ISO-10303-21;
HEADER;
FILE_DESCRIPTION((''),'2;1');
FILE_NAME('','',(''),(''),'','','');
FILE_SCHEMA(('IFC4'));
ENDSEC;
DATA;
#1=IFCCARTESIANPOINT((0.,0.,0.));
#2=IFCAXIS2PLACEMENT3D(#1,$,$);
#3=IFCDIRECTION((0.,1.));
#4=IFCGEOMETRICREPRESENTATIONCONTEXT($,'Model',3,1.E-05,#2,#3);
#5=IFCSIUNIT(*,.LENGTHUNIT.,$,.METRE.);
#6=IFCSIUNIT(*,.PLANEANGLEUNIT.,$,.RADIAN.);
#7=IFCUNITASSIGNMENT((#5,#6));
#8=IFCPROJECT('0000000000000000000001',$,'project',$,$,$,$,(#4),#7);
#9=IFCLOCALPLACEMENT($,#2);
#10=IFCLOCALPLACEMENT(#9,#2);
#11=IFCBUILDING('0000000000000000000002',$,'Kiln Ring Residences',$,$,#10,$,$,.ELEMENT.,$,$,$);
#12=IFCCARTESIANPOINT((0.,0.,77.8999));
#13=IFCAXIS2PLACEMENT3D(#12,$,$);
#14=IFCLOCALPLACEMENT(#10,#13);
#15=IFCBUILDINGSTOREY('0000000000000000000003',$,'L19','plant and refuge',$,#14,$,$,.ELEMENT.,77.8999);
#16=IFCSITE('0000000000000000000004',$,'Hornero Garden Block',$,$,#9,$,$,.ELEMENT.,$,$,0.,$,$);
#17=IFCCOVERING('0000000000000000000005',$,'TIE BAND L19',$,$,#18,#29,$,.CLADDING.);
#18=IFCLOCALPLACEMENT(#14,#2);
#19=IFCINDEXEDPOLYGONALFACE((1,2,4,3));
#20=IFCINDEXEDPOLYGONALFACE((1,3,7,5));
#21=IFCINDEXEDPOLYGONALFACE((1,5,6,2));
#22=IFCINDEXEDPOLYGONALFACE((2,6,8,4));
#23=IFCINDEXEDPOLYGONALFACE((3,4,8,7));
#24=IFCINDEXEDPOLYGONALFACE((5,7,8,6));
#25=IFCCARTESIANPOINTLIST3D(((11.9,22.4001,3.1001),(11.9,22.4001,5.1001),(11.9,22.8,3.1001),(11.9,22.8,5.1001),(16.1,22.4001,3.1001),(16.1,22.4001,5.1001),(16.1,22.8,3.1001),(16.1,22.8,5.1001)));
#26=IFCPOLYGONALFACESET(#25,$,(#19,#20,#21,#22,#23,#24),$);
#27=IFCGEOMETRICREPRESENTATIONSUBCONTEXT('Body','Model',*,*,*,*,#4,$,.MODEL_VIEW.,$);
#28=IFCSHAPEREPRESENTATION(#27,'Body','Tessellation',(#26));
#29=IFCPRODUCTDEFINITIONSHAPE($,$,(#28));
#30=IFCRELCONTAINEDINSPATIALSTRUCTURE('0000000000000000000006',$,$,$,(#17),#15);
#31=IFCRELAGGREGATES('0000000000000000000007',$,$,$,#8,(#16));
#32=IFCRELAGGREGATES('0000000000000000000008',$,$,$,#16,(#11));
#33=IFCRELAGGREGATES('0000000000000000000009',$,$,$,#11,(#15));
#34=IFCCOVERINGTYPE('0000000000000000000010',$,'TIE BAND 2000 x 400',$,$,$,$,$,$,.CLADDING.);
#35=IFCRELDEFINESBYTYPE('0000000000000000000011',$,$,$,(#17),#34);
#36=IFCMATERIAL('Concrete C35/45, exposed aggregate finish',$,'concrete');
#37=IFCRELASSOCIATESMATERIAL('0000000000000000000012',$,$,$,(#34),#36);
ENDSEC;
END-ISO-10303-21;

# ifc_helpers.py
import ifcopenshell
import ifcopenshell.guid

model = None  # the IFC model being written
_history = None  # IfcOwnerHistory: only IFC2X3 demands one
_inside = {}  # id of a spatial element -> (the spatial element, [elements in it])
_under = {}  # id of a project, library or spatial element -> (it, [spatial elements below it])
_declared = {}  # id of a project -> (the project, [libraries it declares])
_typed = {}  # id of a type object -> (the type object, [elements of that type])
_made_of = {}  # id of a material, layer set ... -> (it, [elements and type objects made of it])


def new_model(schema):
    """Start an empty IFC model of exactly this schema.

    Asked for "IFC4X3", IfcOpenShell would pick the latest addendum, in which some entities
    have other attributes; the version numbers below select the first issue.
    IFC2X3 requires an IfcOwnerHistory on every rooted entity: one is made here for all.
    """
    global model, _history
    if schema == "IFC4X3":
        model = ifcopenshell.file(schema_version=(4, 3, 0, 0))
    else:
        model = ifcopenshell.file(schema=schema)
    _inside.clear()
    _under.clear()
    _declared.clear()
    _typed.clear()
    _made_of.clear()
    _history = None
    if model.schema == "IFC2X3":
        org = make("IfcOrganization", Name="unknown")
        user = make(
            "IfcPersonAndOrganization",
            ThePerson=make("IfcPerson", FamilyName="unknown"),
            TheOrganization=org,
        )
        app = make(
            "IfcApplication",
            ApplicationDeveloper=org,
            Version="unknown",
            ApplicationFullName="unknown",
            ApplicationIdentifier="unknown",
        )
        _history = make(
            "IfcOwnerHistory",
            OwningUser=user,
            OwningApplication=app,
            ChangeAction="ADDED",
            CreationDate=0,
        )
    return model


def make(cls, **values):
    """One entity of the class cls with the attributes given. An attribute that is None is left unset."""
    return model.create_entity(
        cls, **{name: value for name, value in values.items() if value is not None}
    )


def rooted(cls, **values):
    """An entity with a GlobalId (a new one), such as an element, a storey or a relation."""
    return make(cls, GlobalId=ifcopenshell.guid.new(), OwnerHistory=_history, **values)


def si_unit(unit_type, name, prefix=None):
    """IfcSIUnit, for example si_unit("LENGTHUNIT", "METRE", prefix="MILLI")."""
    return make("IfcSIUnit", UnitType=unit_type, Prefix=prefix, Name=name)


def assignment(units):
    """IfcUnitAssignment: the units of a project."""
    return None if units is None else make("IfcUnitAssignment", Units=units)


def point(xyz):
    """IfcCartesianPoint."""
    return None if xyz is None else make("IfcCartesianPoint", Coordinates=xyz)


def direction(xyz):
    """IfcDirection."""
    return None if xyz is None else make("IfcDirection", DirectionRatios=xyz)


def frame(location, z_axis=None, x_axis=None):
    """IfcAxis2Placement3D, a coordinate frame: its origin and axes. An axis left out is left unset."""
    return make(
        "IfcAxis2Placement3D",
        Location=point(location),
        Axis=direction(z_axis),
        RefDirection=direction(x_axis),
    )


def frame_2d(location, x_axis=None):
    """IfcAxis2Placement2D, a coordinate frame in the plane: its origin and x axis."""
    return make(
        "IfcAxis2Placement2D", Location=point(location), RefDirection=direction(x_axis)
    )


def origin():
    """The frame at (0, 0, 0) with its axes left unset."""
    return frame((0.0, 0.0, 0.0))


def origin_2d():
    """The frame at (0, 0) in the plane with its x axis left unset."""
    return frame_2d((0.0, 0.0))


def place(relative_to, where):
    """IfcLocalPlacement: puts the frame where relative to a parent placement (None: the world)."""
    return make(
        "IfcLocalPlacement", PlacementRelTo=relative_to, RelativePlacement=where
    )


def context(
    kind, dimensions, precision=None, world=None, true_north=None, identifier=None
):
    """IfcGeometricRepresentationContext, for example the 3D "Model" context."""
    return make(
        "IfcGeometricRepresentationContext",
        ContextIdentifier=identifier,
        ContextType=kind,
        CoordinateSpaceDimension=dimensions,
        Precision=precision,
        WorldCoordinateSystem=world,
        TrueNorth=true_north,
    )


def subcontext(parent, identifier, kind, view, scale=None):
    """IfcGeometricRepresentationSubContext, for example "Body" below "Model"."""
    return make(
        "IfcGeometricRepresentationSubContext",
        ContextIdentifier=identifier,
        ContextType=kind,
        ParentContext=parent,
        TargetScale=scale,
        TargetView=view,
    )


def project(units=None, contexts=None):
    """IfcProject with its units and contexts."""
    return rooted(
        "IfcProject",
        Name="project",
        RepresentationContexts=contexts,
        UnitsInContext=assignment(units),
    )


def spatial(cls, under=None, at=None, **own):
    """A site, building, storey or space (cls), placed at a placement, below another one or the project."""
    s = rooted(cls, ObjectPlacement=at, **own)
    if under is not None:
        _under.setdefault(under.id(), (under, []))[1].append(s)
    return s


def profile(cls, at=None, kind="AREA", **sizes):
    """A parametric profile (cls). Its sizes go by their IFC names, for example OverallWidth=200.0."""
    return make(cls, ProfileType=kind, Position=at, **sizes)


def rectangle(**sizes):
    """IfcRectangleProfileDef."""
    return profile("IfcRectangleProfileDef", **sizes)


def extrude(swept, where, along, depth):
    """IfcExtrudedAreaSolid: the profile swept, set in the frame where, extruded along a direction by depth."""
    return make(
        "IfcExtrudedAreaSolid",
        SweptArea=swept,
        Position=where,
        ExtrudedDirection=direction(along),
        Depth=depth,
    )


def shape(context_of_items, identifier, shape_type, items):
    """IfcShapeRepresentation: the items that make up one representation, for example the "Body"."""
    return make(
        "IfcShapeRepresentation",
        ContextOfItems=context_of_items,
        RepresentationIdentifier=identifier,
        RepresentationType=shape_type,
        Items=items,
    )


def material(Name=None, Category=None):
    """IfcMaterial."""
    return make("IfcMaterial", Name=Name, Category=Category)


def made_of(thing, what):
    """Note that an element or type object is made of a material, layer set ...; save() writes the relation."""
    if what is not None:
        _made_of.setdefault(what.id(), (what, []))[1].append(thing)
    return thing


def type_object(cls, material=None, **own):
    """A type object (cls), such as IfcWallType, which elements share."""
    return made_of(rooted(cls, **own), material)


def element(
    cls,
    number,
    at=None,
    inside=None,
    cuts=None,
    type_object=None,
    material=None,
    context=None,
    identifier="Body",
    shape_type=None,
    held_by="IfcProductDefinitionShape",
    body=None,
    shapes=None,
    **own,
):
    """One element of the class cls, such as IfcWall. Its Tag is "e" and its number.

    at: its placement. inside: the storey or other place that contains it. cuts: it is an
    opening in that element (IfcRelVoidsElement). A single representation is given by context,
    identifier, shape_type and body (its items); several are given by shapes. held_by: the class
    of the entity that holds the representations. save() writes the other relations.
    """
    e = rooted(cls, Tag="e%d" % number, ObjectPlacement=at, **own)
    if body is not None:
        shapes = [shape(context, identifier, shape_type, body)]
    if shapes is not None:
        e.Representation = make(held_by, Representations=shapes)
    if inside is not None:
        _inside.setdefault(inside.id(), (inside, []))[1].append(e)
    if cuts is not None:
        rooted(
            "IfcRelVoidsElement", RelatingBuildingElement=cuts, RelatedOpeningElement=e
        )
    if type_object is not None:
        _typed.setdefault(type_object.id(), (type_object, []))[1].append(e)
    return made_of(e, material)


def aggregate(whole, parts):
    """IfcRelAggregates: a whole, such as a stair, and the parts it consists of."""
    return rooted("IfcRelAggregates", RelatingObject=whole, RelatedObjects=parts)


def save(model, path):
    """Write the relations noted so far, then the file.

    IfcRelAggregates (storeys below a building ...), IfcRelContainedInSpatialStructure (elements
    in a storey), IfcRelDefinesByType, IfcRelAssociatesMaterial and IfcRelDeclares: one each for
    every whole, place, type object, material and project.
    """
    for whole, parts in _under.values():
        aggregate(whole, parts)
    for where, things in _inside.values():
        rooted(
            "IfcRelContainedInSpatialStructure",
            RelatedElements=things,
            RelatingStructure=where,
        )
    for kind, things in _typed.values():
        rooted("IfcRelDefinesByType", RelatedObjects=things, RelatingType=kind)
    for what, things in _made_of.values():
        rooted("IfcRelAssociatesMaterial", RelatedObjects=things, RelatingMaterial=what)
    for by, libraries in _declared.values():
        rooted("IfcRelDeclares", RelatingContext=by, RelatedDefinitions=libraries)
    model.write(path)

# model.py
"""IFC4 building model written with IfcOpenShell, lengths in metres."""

from ifc_helpers import new_model, si_unit, direction, frame, origin, origin_2d, place, context, subcontext, project, spatial, rectangle, extrude, material, type_object, element, save


model = new_model("IFC4")

# Units and contexts
model_context = context("Model", 3, precision=1e-05, world=origin(), true_north=direction((0.0, 1.0)))
body_context = subcontext(model_context, "Body", "Model", "MODEL_VIEW")
ifc_project = project(units=[si_unit("LENGTHUNIT", "METRE"), si_unit("PLANEANGLEUNIT", "RADIAN")], contexts=[model_context])

# Site, building, storey
site_placement = place(None, origin())
site = spatial("IfcSite", under=ifc_project, at=site_placement, Name="Hornero Garden Block", CompositionType="ELEMENT", RefElevation=0.0)
building_placement = place(site_placement, origin())
building = spatial("IfcBuilding", under=site, at=building_placement, Name="Kiln Ring Residences", CompositionType="ELEMENT")
storey_placement = place(building_placement, frame((0.0, 0.0, 77.8999)))
storey = spatial("IfcBuildingStorey", under=building, at=storey_placement, Name="L19", Description="plant and refuge", CompositionType="ELEMENT", Elevation=77.8999)

# Covering
ifc_material_1 = material(Name="Concrete C35/45, exposed aggregate finish", Category="concrete")
covering_type = type_object("IfcCoveringType", Name="TIE BAND 2000 x 400", PredefinedType="CLADDING", material=ifc_material_1)
covering_1_placement = place(storey_placement, frame((14.0, 22.6001, 3.1001), z_axis=(0.0, 0.0, 1.0), x_axis=(-1.0, 0.0, 0.0)))
element("IfcCovering", 1, at=covering_1_placement, inside=storey, type_object=covering_type, Name="TIE BAND L19", PredefinedType="CLADDING", context=body_context, shape_type="SweptSolid", body=[
    extrude(rectangle(XDim=4.2, YDim=0.3999, at=origin_2d()), origin(), (0.0, 0.0, 1.0), 2.0),
])

save(model, "model.ifc")
